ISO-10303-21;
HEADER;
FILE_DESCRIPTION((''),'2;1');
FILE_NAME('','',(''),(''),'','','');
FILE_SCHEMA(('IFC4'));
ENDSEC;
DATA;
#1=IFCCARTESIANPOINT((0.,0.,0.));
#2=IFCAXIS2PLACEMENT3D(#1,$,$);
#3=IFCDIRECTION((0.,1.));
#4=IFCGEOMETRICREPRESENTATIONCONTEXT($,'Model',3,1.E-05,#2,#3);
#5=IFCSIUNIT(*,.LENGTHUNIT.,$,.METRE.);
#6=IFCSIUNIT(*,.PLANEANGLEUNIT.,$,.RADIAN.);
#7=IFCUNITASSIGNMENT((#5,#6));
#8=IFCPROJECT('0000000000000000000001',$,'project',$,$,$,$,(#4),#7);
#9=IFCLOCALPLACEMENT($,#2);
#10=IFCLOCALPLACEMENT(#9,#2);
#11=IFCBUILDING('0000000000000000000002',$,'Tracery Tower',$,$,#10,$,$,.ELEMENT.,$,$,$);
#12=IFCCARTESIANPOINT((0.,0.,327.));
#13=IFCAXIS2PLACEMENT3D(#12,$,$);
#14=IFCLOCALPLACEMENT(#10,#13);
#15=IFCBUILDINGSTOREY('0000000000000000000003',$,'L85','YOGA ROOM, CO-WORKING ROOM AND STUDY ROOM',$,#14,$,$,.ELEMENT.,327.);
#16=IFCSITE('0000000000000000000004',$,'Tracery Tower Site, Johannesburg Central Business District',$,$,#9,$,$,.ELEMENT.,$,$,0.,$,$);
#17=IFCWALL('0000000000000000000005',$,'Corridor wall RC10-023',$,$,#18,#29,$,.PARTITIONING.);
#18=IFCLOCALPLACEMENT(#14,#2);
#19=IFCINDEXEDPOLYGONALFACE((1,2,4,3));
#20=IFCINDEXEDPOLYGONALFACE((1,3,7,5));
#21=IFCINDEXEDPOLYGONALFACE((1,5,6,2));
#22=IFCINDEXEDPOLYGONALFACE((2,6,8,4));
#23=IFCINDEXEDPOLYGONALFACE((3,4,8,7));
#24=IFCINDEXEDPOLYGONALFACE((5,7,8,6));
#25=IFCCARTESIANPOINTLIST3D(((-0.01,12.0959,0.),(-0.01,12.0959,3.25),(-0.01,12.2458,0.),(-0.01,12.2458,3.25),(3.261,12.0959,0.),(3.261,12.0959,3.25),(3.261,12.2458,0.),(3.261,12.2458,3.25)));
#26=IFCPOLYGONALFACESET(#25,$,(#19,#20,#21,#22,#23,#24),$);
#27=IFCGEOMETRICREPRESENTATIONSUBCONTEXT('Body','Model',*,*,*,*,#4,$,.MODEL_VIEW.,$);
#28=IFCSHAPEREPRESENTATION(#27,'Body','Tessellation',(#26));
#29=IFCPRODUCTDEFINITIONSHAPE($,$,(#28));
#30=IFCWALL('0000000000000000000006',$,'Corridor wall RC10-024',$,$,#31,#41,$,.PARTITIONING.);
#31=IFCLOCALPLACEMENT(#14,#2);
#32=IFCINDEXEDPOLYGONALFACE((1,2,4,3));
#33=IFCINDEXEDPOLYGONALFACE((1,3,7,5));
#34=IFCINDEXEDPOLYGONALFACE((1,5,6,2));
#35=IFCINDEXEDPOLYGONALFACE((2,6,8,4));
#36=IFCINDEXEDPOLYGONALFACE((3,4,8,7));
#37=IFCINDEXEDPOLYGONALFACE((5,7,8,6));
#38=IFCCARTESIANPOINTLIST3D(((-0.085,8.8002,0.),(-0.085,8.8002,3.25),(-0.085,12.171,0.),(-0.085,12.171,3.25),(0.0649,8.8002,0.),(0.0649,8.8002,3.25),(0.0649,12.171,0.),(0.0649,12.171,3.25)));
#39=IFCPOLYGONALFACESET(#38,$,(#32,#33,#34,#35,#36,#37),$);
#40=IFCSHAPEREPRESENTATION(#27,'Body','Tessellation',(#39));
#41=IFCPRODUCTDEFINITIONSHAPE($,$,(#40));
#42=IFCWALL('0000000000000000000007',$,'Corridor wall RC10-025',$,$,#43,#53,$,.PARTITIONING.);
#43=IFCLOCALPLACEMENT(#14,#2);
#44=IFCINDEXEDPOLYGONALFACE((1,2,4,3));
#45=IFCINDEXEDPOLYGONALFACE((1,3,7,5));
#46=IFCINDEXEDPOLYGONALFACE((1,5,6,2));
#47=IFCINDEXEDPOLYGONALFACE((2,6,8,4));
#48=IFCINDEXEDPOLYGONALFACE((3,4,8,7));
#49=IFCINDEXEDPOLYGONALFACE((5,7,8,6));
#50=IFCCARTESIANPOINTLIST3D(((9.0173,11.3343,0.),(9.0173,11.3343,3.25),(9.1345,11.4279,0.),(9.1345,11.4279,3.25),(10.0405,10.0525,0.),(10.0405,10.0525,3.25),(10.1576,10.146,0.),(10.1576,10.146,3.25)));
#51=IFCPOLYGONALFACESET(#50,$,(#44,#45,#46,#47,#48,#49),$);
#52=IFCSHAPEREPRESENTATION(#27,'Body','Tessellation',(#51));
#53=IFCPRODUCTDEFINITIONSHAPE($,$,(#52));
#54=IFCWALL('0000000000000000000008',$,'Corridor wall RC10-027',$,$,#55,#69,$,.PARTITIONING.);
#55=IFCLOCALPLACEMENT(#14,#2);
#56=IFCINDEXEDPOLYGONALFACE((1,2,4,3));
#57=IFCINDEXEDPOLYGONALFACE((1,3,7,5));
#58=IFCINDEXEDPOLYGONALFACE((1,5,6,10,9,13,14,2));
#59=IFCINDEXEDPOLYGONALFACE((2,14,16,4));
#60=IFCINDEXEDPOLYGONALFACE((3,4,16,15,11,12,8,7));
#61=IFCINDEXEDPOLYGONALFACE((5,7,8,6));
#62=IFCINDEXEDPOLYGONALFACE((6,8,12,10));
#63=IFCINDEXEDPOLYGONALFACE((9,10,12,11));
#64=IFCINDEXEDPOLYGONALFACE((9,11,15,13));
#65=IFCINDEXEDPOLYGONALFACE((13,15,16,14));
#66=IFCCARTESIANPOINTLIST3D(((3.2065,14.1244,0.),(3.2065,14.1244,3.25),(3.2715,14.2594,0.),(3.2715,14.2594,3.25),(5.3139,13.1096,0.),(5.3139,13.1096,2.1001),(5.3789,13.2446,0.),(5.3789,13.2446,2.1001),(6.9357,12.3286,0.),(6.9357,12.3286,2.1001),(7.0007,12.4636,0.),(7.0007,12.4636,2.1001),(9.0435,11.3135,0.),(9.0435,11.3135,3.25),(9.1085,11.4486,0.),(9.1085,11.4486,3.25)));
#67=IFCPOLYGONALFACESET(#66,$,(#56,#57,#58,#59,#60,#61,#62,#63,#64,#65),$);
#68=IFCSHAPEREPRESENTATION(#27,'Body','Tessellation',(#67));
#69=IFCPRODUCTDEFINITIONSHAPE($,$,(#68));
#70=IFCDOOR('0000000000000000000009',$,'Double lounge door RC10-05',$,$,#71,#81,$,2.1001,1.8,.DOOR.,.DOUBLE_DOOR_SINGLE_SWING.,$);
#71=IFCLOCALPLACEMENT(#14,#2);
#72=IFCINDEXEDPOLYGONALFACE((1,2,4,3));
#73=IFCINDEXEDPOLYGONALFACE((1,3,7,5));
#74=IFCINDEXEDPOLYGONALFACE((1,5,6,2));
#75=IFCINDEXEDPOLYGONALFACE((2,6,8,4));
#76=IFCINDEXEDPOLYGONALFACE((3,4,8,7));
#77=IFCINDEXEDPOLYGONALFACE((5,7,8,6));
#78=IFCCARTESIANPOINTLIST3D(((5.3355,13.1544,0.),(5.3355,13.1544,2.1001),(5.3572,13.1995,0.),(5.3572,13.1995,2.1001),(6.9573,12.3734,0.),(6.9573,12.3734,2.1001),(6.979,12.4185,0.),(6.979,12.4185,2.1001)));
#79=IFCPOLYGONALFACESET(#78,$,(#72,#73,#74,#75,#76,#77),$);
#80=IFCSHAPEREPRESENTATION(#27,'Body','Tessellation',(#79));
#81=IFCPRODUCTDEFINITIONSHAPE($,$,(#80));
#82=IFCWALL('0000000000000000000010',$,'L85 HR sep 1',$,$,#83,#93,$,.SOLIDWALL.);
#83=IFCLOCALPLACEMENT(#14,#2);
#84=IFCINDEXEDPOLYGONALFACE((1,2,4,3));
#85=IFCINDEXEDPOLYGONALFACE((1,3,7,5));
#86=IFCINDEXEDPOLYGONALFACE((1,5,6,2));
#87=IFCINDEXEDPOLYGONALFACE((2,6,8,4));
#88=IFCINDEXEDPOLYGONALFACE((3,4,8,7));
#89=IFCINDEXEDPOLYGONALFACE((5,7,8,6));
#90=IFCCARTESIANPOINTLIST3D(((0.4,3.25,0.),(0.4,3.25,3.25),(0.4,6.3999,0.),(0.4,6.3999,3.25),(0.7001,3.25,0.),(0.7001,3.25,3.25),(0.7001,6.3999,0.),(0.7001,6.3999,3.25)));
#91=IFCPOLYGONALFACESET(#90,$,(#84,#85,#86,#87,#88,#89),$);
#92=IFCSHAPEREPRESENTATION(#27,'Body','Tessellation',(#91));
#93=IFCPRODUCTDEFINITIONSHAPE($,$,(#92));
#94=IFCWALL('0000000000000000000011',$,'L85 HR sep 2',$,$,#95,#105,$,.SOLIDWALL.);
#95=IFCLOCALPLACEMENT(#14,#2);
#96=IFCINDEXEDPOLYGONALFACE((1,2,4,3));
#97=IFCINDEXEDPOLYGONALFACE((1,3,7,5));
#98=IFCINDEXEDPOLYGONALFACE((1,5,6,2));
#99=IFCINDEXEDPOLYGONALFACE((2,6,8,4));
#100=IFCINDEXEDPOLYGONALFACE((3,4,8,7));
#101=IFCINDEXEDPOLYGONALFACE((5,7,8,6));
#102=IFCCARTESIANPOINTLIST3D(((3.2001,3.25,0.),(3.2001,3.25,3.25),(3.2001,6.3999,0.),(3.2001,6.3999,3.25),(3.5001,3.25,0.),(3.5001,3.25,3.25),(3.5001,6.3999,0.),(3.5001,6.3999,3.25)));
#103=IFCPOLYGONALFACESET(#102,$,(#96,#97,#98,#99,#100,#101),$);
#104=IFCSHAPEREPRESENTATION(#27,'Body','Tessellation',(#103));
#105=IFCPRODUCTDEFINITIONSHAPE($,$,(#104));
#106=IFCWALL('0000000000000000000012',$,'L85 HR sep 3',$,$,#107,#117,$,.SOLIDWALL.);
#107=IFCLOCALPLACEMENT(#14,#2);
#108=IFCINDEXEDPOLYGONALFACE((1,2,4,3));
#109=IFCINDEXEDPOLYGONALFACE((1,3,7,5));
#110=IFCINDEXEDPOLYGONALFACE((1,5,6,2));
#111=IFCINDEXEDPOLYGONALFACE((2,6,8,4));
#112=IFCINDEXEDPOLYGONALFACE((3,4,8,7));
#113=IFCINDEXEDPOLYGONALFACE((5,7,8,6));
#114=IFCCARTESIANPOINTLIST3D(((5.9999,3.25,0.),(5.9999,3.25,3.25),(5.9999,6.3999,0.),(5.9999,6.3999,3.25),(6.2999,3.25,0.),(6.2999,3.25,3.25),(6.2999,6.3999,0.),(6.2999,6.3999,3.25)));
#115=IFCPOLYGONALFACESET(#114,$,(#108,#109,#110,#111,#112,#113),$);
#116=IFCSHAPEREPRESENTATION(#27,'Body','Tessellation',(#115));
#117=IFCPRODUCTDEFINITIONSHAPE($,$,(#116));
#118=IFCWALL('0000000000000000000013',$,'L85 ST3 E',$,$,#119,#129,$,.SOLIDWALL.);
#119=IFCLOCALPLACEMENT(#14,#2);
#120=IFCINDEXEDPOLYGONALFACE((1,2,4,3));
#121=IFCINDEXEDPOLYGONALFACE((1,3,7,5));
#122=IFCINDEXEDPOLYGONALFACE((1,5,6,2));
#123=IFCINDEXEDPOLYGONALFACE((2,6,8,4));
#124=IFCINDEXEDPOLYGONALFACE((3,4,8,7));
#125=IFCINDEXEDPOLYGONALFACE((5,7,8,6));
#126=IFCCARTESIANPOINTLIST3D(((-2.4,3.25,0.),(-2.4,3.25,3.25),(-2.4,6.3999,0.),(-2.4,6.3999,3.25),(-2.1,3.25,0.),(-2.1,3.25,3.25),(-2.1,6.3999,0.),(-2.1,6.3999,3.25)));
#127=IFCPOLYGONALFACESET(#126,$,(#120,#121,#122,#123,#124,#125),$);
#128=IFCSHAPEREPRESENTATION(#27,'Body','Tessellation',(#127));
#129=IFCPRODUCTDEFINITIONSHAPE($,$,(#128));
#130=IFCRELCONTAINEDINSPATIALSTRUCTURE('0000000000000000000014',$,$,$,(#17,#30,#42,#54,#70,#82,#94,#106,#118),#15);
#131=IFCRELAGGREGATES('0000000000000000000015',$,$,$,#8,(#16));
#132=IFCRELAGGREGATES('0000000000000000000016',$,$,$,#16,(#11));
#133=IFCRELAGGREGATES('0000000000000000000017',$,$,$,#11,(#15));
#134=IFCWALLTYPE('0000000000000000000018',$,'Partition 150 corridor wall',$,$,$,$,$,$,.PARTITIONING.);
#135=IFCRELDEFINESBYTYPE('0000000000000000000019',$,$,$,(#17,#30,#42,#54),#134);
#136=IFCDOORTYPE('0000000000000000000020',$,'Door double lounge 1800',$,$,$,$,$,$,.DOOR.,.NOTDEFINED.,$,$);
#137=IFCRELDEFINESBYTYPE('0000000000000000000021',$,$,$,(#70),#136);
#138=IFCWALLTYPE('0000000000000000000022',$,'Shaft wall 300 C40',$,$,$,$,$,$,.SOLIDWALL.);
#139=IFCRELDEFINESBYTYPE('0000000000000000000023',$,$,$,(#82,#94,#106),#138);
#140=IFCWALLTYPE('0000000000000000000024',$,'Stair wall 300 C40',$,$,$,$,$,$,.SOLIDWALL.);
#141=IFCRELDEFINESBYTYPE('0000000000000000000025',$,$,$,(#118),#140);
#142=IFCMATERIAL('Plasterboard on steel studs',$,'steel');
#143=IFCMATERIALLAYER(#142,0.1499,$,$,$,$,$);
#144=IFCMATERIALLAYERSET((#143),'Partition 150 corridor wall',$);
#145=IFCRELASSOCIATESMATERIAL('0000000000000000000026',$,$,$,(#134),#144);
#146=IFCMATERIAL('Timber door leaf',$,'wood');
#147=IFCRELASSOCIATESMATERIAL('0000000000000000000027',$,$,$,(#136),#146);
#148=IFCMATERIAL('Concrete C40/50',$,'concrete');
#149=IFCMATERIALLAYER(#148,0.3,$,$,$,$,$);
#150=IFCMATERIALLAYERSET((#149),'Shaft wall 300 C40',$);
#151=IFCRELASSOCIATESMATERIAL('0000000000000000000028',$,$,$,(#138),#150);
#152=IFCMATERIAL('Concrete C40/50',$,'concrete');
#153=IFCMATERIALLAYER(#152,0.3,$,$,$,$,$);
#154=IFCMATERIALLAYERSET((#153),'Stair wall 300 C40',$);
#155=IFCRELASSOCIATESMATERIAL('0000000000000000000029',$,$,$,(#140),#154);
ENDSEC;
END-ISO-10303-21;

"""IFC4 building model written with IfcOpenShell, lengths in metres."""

from ifc_helpers import new_model, si_unit, direction, frame, frame_2d, origin, place, context, subcontext, project, spatial, rectangle, extrude, material, layer, layer_set, type_object, element, fill, save


model = new_model("IFC4")

# Units and contexts
model_context = context("Model", 3, precision=1e-05, world=origin(), true_north=direction((0.0, 1.0)))
body_context = subcontext(model_context, "Body", "Model", "MODEL_VIEW")
ifc_project = project(units=[si_unit("LENGTHUNIT", "METRE"), si_unit("PLANEANGLEUNIT", "RADIAN")], contexts=[model_context])

# Site, building, storey
site_placement = place(None, origin())
site = spatial("IfcSite", under=ifc_project, at=site_placement, Name="Tracery Tower Site, Johannesburg Central Business District", CompositionType="ELEMENT", RefElevation=0.0)
building_placement = place(site_placement, origin())
building = spatial("IfcBuilding", under=site, at=building_placement, Name="Tracery Tower", CompositionType="ELEMENT")
storey_placement = place(building_placement, frame((0.0, 0.0, 327.0)))
storey = spatial("IfcBuildingStorey", under=building, at=storey_placement, Name="L85", Description="YOGA ROOM, CO-WORKING ROOM AND STUDY ROOM", CompositionType="ELEMENT", Elevation=327.0)

# Shared definitions
ifc_material_1 = material(Name="Plasterboard on steel studs", Category="steel")
ifc_layer_1 = layer(ifc_material_1, 0.1499)
ifc_layer_set_1 = layer_set([ifc_layer_1], Name="Partition 150 corridor wall")
wall_type_1 = type_object("IfcWallType", Name="Partition 150 corridor wall", PredefinedType="PARTITIONING", material=ifc_layer_set_1)

# Walls
wall_1_placement = place(storey_placement, frame((-0.01, 12.1709, 0.0), z_axis=(0.0, 0.0, 1.0), x_axis=(1.0, 0.0, 0.0)))
element("IfcWall", 1, at=wall_1_placement, inside=storey, type_object=wall_type_1, Name="Corridor wall RC10-023", PredefinedType="PARTITIONING", context=body_context, shape_type="SweptSolid", body=[
    extrude(rectangle(XDim=3.271, YDim=0.1499, at=frame_2d((1.6355, 0.0))), origin(), (0.0, 0.0, 1.0), 3.25),
])
wall_2_placement = place(storey_placement, frame((-0.01, 8.8, 0.0), z_axis=(0.0, 0.0, 1.0), x_axis=(0.0, 1.0, 0.0)))
element("IfcWall", 2, at=wall_2_placement, inside=storey, type_object=wall_type_1, Name="Corridor wall RC10-024", PredefinedType="PARTITIONING", context=body_context, shape_type="SweptSolid", body=[
    extrude(rectangle(XDim=3.3708, YDim=0.1499, at=frame_2d((1.6855, 0.0))), origin(), (0.0, 0.0, 1.0), 3.25),
])
wall_3_placement = place(storey_placement, frame((9.0759, 11.3811, 0.0), z_axis=(0.0, 0.0, 1.0), x_axis=(0.623805, -0.78158, 0.0)))
element("IfcWall", 3, at=wall_3_placement, inside=storey, type_object=wall_type_1, Name="Corridor wall RC10-025", PredefinedType="PARTITIONING", context=body_context, shape_type="SweptSolid", body=[
    extrude(rectangle(XDim=1.6401, YDim=0.1499, at=frame_2d((0.8201, 0.0))), origin(), (0.0, 0.0, 1.0), 3.25),
])

# Wall, opening, door
wall_4_placement = place(storey_placement, frame((3.239, 14.1919, 0.0), z_axis=(0.0, 0.0, 1.0), x_axis=(0.900976, -0.433869, 0.0)))
wall_4 = element("IfcWall", 4, at=wall_4_placement, inside=storey, type_object=wall_type_1, Name="Corridor wall RC10-027", PredefinedType="PARTITIONING", context=body_context, shape_type="SweptSolid", body=[
    extrude(rectangle(XDim=6.4785, YDim=0.1499, at=frame_2d((3.2393, 0.0))), origin(), (0.0, 0.0, 1.0), 3.25),
])
opening_1_placement = place(wall_4_placement, frame((2.3391, 0.0, 0.0)))
opening_1 = element("IfcOpeningElement", 5, at=opening_1_placement, cuts=wall_4, PredefinedType="OPENING", context=body_context, shape_type="SweptSolid", body=[
    extrude(rectangle(XDim=1.8, YDim=2.1001, at=frame_2d((0.8999, 1.05))), frame((0.0, 0.075, 0.0), z_axis=(0.0, -1.0, 0.0), x_axis=(1.0, 0.0, 0.0)), (0.0, 0.0, 1.0), 0.1499),
])
ifc_material_2 = material(Name="Timber door leaf", Category="wood")
door_type_1 = type_object("IfcDoorType", Name="Door double lounge 1800", OperationType="NOTDEFINED", PredefinedType="DOOR", material=ifc_material_2)
door_1_placement = place(opening_1_placement, origin())
door_1 = element("IfcDoor", 6, at=door_1_placement, inside=storey, type_object=door_type_1, Name="Double lounge door RC10-05", OperationType="DOUBLE_DOOR_SINGLE_SWING", OverallHeight=2.1001, OverallWidth=1.8, PredefinedType="DOOR", context=body_context, shape_type="SweptSolid", body=[
    extrude(rectangle(XDim=1.8, YDim=2.1001, at=frame_2d((0.8999, 1.05))), frame((0.0, 0.0249, 0.0), z_axis=(0.0, -1.0, 0.0), x_axis=(1.0, 0.0, 0.0)), (0.0, 0.0, 1.0), 0.05),
])
fill(opening_1, door_1)

# Walls
ifc_material_3 = material(Name="Concrete C40/50", Category="concrete")
ifc_layer_2 = layer(ifc_material_3, 0.3)
ifc_layer_set_2 = layer_set([ifc_layer_2], Name="Shaft wall 300 C40")
wall_type_2 = type_object("IfcWallType", Name="Shaft wall 300 C40", PredefinedType="SOLIDWALL", material=ifc_layer_set_2)
for number, where, z_axis, x_axis, name in (
    (7, (0.55, 3.25, 0.0), (0.0, 0.0, 1.0), (0.0, 1.0, 0.0), "L85 HR sep 1"),
    (8, (3.3501, 3.25, 0.0), (0.0, 0.0, 1.0), (0.0, 1.0, 0.0), "L85 HR sep 2"),
    (9, (6.1499, 3.25, 0.0), (0.0, 0.0, 1.0), (0.0, 1.0, 0.0), "L85 HR sep 3"),
):
    element("IfcWall", number, at=place(storey_placement, frame(where, z_axis=z_axis, x_axis=x_axis)), inside=storey, type_object=wall_type_2, Name=name, PredefinedType="SOLIDWALL", context=body_context, shape_type="SweptSolid", body=[
        extrude(rectangle(XDim=3.1499, YDim=0.3, at=frame_2d((1.575, 0.0))), origin(), (0.0, 0.0, 1.0), 3.25),
    ])
ifc_material_4 = material(Name="Concrete C40/50", Category="concrete")
ifc_layer_3 = layer(ifc_material_4, 0.3)
ifc_layer_set_3 = layer_set([ifc_layer_3], Name="Stair wall 300 C40")
wall_type_3 = type_object("IfcWallType", Name="Stair wall 300 C40", PredefinedType="SOLIDWALL", material=ifc_layer_set_3)
wall_5_placement = place(storey_placement, frame((-2.25, 3.25, 0.0), z_axis=(0.0, 0.0, 1.0), x_axis=(0.0, 1.0, 0.0)))
element("IfcWall", 10, at=wall_5_placement, inside=storey, type_object=wall_type_3, Name="L85 ST3 E", PredefinedType="SOLIDWALL", context=body_context, shape_type="SweptSolid", body=[
    extrude(rectangle(XDim=3.1499, YDim=0.3, at=frame_2d((1.575, 0.0))), origin(), (0.0, 0.0, 1.0), 3.25),
])

save(model, "model.ifc")
